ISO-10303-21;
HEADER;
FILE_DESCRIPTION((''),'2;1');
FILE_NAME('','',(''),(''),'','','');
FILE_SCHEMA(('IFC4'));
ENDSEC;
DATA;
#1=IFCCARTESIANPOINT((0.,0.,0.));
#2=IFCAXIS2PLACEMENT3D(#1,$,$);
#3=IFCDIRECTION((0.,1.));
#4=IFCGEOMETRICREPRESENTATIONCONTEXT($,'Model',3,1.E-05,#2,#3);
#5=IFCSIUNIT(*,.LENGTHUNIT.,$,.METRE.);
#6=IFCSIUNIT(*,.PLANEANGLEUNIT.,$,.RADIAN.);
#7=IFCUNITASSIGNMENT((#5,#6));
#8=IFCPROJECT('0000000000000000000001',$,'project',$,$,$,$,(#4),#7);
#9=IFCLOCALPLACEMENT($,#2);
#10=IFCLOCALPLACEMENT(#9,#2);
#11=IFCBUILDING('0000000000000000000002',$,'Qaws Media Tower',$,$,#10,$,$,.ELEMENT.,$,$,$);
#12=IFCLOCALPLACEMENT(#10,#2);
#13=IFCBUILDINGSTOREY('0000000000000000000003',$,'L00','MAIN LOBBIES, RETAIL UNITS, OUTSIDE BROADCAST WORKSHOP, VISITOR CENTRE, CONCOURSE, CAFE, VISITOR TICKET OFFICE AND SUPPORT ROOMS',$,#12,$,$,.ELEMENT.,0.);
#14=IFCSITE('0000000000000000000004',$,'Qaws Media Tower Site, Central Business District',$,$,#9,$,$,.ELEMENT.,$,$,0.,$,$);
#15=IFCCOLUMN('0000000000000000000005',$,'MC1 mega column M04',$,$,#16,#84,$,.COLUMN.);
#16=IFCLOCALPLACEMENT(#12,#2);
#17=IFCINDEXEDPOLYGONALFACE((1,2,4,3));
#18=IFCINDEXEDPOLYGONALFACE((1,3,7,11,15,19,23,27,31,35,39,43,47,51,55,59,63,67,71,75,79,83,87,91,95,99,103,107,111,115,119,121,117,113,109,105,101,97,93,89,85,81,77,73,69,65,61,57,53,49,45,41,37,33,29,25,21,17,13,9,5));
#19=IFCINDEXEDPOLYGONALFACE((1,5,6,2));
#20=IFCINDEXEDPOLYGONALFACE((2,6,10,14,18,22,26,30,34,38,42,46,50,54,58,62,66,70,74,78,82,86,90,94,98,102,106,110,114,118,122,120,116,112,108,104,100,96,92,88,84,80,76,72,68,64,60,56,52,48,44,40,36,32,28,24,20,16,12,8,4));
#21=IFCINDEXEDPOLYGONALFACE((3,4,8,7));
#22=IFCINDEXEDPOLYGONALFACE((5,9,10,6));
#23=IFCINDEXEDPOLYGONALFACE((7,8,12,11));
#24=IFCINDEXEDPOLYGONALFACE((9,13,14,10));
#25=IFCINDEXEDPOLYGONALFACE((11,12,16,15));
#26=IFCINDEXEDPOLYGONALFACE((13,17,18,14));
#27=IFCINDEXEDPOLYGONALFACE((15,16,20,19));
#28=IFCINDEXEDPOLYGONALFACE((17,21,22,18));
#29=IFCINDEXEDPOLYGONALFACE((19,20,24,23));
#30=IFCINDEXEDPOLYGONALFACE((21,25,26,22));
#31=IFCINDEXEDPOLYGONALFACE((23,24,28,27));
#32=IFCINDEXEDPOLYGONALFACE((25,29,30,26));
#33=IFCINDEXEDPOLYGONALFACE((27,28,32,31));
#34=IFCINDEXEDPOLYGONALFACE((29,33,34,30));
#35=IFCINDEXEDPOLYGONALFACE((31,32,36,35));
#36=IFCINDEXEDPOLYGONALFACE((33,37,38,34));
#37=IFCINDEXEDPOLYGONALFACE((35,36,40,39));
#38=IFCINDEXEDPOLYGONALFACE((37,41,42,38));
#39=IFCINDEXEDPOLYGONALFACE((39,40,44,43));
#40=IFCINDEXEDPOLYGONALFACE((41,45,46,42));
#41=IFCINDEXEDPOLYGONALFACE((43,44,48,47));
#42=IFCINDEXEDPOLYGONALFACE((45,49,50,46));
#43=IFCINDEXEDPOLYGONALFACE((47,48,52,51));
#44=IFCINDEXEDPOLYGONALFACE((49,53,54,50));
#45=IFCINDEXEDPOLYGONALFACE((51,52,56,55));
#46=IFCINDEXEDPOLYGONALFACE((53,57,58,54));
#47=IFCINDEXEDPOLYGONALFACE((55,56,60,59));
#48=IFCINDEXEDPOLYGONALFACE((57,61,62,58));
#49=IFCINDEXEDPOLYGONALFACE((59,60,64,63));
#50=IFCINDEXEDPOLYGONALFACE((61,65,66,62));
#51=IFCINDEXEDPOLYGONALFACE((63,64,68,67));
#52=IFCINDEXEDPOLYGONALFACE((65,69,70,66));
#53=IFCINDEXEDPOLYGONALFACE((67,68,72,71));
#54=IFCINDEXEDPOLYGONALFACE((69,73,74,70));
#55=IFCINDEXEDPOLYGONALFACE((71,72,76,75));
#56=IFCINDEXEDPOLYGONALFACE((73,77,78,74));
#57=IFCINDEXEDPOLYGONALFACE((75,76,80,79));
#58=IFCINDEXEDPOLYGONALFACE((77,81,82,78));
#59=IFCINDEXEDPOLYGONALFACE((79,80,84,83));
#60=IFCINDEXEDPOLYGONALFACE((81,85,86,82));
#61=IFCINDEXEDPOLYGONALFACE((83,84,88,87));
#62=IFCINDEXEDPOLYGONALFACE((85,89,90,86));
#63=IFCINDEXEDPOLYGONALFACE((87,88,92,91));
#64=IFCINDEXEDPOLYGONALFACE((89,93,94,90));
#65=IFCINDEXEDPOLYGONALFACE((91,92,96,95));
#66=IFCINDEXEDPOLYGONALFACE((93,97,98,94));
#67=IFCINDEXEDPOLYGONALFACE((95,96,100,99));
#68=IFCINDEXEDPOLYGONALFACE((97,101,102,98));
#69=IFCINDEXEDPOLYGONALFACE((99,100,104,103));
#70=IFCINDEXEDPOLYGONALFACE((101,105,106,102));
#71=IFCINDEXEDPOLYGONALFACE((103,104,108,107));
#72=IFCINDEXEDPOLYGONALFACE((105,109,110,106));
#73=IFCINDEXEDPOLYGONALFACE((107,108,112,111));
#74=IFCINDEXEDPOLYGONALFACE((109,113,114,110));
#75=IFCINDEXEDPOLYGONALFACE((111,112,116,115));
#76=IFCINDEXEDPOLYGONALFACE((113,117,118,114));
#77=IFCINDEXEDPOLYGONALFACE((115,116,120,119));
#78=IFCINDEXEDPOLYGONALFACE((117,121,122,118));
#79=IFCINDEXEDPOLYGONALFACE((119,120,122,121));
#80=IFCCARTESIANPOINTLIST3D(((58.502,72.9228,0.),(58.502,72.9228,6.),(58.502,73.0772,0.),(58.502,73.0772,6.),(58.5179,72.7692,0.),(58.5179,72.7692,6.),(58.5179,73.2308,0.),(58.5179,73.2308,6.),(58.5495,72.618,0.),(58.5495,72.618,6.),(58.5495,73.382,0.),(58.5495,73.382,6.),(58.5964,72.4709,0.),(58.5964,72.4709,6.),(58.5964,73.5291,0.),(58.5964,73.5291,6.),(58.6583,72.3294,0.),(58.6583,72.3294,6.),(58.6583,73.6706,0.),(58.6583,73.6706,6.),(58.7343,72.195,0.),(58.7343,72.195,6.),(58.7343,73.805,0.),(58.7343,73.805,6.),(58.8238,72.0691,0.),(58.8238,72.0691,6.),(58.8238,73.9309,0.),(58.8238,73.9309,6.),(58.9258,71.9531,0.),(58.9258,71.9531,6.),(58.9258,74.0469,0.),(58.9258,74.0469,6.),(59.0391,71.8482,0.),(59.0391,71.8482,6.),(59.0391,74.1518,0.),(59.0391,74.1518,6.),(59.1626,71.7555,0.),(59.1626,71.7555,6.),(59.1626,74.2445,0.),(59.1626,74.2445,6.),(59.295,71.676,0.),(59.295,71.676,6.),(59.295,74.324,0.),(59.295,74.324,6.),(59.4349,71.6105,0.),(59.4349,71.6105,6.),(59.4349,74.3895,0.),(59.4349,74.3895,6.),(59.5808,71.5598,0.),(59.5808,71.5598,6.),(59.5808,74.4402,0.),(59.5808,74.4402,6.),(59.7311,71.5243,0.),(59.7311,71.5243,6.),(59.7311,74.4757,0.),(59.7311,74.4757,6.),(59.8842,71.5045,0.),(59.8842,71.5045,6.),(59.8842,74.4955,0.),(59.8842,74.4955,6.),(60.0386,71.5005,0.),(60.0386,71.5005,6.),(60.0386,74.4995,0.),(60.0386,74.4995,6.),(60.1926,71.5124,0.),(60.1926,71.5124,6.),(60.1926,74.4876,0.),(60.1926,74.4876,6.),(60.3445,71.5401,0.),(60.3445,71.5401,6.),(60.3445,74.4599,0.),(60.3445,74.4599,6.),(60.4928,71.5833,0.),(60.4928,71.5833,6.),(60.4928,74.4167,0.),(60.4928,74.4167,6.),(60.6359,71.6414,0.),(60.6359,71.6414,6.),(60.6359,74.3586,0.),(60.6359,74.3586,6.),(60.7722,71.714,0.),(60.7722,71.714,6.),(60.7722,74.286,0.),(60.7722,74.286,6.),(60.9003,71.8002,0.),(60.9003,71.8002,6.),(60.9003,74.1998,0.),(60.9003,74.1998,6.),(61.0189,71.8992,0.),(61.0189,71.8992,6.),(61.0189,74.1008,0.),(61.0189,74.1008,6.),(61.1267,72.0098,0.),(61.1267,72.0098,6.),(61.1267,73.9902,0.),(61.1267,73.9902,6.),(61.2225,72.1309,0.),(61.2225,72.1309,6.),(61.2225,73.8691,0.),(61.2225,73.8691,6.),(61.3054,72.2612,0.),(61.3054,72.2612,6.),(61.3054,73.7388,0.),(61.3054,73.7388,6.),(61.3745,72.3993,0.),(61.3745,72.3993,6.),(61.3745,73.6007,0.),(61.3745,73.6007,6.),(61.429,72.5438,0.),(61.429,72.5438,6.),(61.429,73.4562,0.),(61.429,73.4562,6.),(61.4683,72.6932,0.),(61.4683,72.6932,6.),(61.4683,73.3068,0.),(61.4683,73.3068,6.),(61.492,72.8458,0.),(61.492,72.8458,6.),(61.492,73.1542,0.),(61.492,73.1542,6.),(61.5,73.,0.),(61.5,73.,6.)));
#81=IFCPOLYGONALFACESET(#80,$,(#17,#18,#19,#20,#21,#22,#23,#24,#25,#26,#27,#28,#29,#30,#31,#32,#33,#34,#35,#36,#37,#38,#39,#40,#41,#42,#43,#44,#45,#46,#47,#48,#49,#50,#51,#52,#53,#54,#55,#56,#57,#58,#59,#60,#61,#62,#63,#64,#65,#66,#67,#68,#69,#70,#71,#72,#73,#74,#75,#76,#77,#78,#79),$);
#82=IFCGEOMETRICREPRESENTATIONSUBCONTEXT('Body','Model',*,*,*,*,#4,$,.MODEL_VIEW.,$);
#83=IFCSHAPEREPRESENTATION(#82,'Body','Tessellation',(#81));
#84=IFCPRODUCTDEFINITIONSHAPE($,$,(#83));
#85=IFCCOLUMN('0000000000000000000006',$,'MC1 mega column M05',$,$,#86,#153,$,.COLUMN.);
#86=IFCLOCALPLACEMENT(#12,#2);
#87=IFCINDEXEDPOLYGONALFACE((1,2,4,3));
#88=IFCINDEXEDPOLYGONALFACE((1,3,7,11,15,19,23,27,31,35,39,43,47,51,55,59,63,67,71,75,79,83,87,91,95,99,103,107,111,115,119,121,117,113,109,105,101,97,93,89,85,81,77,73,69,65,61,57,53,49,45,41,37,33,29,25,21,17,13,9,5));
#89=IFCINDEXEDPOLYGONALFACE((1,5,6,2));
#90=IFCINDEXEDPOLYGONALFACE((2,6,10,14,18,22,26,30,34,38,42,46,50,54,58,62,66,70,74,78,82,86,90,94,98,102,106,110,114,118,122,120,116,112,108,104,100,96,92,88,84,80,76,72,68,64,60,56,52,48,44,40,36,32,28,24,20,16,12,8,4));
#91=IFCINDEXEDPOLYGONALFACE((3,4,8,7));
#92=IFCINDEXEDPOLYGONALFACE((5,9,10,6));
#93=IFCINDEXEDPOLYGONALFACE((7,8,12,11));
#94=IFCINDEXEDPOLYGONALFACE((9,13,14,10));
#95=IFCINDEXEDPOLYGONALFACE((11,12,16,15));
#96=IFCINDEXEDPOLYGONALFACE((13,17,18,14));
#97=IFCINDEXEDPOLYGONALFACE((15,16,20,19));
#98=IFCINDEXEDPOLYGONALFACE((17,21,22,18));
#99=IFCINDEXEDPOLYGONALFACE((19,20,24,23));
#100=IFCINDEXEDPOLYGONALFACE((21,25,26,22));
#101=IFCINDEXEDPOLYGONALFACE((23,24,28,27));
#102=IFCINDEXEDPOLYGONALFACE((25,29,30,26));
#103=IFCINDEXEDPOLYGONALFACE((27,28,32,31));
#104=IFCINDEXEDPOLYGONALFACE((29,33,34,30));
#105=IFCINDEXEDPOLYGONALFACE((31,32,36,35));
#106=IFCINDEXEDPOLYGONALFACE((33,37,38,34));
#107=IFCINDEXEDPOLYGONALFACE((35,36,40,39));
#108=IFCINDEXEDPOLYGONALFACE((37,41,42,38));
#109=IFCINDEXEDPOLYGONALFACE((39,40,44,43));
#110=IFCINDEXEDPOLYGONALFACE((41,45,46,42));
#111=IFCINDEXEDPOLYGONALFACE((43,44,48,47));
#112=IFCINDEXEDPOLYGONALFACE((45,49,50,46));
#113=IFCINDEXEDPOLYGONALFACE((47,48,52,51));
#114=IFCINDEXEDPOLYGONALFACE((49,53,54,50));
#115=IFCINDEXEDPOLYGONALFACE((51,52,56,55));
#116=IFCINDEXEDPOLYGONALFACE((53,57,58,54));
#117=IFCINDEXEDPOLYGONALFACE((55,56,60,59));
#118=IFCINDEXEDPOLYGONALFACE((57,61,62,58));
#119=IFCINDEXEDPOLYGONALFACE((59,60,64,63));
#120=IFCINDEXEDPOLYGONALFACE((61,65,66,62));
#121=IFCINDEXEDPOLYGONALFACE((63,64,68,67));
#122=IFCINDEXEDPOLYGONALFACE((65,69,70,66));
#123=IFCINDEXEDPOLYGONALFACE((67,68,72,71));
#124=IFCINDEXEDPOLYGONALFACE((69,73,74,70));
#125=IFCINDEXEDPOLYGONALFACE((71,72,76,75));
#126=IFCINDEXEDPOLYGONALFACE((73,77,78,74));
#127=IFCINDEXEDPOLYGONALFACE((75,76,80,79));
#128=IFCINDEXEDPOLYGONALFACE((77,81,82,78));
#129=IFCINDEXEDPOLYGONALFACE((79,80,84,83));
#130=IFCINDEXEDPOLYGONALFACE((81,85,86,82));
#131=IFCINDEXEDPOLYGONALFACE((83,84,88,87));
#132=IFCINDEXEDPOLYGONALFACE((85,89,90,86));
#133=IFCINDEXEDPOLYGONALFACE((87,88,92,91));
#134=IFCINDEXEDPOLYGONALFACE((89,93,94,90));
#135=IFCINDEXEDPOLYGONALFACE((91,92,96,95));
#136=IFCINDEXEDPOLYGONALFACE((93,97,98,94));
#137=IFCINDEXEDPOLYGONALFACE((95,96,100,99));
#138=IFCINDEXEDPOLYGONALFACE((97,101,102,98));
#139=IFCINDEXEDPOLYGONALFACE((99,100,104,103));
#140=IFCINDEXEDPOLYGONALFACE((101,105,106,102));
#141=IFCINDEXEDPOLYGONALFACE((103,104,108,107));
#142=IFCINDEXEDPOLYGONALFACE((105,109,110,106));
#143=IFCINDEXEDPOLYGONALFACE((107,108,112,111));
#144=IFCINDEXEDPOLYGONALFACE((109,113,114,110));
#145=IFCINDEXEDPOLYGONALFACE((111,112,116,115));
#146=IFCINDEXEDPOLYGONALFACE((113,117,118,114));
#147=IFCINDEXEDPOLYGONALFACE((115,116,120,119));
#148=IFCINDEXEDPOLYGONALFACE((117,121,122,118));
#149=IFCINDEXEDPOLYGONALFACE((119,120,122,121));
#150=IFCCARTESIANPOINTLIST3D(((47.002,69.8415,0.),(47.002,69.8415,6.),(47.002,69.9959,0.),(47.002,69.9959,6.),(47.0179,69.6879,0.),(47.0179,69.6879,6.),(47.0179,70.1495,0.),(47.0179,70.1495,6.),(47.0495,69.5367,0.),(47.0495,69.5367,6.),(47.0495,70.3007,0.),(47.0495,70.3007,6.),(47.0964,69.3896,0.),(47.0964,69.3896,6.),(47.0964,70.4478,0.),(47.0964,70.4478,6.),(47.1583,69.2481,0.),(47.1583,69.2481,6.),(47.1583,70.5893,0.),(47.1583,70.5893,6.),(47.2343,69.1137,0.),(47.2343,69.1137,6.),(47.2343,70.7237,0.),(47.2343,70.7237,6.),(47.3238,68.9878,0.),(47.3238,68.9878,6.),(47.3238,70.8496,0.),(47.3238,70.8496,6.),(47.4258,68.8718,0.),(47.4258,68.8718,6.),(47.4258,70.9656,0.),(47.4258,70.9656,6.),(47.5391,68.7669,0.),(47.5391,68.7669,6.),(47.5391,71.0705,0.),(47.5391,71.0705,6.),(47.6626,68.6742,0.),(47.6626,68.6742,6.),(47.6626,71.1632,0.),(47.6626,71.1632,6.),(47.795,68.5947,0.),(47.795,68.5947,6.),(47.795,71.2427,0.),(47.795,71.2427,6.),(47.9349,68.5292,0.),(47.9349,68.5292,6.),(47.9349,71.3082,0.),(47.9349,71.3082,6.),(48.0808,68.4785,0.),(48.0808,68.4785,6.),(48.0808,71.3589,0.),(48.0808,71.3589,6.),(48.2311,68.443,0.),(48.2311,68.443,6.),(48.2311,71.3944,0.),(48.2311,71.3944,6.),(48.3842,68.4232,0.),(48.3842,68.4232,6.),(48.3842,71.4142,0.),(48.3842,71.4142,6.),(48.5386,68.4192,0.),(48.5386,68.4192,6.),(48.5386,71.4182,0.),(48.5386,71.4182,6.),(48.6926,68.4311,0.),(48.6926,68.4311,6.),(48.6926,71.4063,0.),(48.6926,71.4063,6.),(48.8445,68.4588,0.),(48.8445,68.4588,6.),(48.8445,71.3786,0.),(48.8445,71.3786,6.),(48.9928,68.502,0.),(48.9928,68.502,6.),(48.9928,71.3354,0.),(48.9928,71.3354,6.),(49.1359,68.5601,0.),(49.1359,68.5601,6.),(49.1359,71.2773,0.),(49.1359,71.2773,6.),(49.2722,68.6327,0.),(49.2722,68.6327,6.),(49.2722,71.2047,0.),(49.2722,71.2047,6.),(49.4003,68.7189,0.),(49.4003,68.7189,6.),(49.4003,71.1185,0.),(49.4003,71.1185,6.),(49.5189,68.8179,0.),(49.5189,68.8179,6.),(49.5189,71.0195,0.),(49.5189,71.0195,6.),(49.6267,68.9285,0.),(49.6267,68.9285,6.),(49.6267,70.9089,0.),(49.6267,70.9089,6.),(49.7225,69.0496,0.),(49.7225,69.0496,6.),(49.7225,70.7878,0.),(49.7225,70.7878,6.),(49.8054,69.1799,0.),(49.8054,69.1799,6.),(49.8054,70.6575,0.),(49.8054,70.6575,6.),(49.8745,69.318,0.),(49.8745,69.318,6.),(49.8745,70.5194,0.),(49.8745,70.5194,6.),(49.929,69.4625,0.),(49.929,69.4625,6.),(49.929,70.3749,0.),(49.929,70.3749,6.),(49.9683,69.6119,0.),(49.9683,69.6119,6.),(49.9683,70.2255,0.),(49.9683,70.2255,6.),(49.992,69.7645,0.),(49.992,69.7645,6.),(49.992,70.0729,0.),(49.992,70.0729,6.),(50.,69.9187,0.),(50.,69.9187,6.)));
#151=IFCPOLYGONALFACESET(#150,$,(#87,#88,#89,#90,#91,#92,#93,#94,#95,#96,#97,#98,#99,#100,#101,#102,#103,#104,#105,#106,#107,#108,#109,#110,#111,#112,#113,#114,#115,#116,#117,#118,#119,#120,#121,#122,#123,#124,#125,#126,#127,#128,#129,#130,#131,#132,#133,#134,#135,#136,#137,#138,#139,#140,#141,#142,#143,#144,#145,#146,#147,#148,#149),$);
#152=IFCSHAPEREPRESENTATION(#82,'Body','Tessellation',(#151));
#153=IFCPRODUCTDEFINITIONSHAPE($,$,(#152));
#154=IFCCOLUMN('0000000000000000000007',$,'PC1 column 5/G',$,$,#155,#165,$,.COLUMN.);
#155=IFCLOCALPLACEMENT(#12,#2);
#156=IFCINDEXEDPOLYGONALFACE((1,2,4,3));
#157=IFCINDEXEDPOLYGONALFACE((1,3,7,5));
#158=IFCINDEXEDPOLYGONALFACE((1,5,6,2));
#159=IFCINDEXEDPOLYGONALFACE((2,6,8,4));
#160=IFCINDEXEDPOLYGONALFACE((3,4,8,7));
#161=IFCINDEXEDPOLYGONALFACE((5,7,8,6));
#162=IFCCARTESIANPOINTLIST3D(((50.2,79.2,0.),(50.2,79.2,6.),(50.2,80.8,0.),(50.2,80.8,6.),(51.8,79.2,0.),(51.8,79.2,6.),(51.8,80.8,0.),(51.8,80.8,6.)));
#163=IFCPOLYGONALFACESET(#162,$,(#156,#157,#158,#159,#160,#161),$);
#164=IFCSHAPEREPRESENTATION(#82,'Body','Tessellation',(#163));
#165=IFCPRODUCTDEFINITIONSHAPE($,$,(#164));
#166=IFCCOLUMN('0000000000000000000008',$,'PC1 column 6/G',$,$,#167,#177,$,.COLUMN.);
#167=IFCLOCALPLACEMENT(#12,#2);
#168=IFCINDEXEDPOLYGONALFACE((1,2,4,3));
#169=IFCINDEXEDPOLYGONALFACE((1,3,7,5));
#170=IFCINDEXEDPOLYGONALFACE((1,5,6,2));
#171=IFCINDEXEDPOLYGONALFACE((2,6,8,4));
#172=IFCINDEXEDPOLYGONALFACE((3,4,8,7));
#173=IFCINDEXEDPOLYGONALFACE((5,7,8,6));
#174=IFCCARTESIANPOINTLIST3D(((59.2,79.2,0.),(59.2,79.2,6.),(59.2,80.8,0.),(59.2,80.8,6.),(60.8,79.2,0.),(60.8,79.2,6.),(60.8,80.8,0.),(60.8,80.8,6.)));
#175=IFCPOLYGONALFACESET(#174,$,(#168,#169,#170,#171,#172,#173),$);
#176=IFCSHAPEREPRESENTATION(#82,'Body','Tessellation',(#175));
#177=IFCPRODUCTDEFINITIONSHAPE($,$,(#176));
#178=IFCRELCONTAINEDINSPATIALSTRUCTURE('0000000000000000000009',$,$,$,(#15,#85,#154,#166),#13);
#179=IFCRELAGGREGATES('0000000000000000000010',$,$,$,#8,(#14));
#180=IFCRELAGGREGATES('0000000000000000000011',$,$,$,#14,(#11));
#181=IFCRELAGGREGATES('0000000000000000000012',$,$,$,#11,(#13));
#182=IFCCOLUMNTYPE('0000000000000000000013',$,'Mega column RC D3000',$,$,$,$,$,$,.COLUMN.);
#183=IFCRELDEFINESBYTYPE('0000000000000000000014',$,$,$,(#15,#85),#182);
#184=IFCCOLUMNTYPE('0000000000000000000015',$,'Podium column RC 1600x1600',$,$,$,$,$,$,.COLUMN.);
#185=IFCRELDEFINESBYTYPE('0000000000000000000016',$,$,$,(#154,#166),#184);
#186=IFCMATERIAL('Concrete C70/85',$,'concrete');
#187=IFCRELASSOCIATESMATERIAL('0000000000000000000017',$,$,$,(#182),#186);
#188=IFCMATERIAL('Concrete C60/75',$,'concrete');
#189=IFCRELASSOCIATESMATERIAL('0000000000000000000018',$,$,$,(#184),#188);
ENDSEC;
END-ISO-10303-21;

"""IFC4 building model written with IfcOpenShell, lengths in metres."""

from ifc_helpers import new_model, si_unit, direction, frame, origin, origin_2d, place, context, subcontext, project, spatial, rectangle, circle, extrude, material, material_profile, profile_set, type_object, element, save


model = new_model("IFC4")

# Units and contexts
model_context = context("Model", 3, precision=1e-05, world=origin(), true_north=direction((0.0, 1.0)))
body_context = subcontext(model_context, "Body", "Model", "MODEL_VIEW")
ifc_project = project(units=[si_unit("LENGTHUNIT", "METRE"), si_unit("PLANEANGLEUNIT", "RADIAN")], contexts=[model_context])

# Site, building, storey
site_placement = place(None, origin())
site = spatial("IfcSite", under=ifc_project, at=site_placement, Name="Qaws Media Tower Site, Central Business District", CompositionType="ELEMENT", RefElevation=0.0)
building_placement = place(site_placement, origin())
building = spatial("IfcBuilding", under=site, at=building_placement, Name="Qaws Media Tower", CompositionType="ELEMENT")
storey_placement = place(building_placement, origin())
storey = spatial("IfcBuildingStorey", under=building, at=storey_placement, Name="L00", Description="MAIN LOBBIES, RETAIL UNITS, OUTSIDE BROADCAST WORKSHOP, VISITOR CENTRE, CONCOURSE, CAFE, VISITOR TICKET OFFICE AND SUPPORT ROOMS", CompositionType="ELEMENT", Elevation=0.0)

# Columns
ifc_material_1 = material(Name="Concrete C70/85", Category="concrete")
ifc_material_profile_1 = material_profile(ifc_material_1, circle(Radius=1.5, at=origin_2d()), Name="RC D3000")
ifc_profile_set_1 = profile_set([ifc_material_profile_1], Name="Concrete C70/85")
column_type_1 = type_object("IfcColumnType", Name="Mega column RC D3000", PredefinedType="COLUMN", material=ifc_profile_set_1)
for number, where, z_axis, x_axis, name in (
    (1, (60.0, 73.0, 0.0), (0.0, 0.0, 1.0), (1.0, 0.0, 0.0), "MC1 mega column M04"),
    (2, (48.5, 69.9187, 0.0), (0.0, 0.0, 1.0), (1.0, 0.0, 0.0), "MC1 mega column M05"),
):
    element("IfcColumn", number, at=place(storey_placement, frame(where, z_axis=z_axis, x_axis=x_axis)), inside=storey, type_object=column_type_1, Name=name, PredefinedType="COLUMN", context=body_context, shape_type="SweptSolid", body=[
        extrude(circle(Radius=1.5, at=origin_2d()), origin(), (0.0, 0.0, 1.0), 6.0),
    ])
ifc_material_2 = material(Name="Concrete C60/75", Category="concrete")
ifc_material_profile_2 = material_profile(ifc_material_2, rectangle(XDim=1.6001, YDim=1.6001, at=origin_2d()), Name="RC 1600x1600")
ifc_profile_set_2 = profile_set([ifc_material_profile_2], Name="Concrete C60/75")
column_type_2 = type_object("IfcColumnType", Name="Podium column RC 1600x1600", PredefinedType="COLUMN", material=ifc_profile_set_2)
for number, where, z_axis, x_axis, name in (
    (3, (51.0, 80.0, 0.0), (0.0, 0.0, 1.0), (1.0, 0.0, 0.0), "PC1 column 5/G"),
    (4, (60.0, 80.0, 0.0), (0.0, 0.0, 1.0), (1.0, 0.0, 0.0), "PC1 column 6/G"),
):
    element("IfcColumn", number, at=place(storey_placement, frame(where, z_axis=z_axis, x_axis=x_axis)), inside=storey, type_object=column_type_2, Name=name, PredefinedType="COLUMN", context=body_context, shape_type="SweptSolid", body=[
        extrude(rectangle(XDim=1.6001, YDim=1.6001, at=origin_2d()), origin(), (0.0, 0.0, 1.0), 6.0),
    ])

save(model, "model.ifc")
